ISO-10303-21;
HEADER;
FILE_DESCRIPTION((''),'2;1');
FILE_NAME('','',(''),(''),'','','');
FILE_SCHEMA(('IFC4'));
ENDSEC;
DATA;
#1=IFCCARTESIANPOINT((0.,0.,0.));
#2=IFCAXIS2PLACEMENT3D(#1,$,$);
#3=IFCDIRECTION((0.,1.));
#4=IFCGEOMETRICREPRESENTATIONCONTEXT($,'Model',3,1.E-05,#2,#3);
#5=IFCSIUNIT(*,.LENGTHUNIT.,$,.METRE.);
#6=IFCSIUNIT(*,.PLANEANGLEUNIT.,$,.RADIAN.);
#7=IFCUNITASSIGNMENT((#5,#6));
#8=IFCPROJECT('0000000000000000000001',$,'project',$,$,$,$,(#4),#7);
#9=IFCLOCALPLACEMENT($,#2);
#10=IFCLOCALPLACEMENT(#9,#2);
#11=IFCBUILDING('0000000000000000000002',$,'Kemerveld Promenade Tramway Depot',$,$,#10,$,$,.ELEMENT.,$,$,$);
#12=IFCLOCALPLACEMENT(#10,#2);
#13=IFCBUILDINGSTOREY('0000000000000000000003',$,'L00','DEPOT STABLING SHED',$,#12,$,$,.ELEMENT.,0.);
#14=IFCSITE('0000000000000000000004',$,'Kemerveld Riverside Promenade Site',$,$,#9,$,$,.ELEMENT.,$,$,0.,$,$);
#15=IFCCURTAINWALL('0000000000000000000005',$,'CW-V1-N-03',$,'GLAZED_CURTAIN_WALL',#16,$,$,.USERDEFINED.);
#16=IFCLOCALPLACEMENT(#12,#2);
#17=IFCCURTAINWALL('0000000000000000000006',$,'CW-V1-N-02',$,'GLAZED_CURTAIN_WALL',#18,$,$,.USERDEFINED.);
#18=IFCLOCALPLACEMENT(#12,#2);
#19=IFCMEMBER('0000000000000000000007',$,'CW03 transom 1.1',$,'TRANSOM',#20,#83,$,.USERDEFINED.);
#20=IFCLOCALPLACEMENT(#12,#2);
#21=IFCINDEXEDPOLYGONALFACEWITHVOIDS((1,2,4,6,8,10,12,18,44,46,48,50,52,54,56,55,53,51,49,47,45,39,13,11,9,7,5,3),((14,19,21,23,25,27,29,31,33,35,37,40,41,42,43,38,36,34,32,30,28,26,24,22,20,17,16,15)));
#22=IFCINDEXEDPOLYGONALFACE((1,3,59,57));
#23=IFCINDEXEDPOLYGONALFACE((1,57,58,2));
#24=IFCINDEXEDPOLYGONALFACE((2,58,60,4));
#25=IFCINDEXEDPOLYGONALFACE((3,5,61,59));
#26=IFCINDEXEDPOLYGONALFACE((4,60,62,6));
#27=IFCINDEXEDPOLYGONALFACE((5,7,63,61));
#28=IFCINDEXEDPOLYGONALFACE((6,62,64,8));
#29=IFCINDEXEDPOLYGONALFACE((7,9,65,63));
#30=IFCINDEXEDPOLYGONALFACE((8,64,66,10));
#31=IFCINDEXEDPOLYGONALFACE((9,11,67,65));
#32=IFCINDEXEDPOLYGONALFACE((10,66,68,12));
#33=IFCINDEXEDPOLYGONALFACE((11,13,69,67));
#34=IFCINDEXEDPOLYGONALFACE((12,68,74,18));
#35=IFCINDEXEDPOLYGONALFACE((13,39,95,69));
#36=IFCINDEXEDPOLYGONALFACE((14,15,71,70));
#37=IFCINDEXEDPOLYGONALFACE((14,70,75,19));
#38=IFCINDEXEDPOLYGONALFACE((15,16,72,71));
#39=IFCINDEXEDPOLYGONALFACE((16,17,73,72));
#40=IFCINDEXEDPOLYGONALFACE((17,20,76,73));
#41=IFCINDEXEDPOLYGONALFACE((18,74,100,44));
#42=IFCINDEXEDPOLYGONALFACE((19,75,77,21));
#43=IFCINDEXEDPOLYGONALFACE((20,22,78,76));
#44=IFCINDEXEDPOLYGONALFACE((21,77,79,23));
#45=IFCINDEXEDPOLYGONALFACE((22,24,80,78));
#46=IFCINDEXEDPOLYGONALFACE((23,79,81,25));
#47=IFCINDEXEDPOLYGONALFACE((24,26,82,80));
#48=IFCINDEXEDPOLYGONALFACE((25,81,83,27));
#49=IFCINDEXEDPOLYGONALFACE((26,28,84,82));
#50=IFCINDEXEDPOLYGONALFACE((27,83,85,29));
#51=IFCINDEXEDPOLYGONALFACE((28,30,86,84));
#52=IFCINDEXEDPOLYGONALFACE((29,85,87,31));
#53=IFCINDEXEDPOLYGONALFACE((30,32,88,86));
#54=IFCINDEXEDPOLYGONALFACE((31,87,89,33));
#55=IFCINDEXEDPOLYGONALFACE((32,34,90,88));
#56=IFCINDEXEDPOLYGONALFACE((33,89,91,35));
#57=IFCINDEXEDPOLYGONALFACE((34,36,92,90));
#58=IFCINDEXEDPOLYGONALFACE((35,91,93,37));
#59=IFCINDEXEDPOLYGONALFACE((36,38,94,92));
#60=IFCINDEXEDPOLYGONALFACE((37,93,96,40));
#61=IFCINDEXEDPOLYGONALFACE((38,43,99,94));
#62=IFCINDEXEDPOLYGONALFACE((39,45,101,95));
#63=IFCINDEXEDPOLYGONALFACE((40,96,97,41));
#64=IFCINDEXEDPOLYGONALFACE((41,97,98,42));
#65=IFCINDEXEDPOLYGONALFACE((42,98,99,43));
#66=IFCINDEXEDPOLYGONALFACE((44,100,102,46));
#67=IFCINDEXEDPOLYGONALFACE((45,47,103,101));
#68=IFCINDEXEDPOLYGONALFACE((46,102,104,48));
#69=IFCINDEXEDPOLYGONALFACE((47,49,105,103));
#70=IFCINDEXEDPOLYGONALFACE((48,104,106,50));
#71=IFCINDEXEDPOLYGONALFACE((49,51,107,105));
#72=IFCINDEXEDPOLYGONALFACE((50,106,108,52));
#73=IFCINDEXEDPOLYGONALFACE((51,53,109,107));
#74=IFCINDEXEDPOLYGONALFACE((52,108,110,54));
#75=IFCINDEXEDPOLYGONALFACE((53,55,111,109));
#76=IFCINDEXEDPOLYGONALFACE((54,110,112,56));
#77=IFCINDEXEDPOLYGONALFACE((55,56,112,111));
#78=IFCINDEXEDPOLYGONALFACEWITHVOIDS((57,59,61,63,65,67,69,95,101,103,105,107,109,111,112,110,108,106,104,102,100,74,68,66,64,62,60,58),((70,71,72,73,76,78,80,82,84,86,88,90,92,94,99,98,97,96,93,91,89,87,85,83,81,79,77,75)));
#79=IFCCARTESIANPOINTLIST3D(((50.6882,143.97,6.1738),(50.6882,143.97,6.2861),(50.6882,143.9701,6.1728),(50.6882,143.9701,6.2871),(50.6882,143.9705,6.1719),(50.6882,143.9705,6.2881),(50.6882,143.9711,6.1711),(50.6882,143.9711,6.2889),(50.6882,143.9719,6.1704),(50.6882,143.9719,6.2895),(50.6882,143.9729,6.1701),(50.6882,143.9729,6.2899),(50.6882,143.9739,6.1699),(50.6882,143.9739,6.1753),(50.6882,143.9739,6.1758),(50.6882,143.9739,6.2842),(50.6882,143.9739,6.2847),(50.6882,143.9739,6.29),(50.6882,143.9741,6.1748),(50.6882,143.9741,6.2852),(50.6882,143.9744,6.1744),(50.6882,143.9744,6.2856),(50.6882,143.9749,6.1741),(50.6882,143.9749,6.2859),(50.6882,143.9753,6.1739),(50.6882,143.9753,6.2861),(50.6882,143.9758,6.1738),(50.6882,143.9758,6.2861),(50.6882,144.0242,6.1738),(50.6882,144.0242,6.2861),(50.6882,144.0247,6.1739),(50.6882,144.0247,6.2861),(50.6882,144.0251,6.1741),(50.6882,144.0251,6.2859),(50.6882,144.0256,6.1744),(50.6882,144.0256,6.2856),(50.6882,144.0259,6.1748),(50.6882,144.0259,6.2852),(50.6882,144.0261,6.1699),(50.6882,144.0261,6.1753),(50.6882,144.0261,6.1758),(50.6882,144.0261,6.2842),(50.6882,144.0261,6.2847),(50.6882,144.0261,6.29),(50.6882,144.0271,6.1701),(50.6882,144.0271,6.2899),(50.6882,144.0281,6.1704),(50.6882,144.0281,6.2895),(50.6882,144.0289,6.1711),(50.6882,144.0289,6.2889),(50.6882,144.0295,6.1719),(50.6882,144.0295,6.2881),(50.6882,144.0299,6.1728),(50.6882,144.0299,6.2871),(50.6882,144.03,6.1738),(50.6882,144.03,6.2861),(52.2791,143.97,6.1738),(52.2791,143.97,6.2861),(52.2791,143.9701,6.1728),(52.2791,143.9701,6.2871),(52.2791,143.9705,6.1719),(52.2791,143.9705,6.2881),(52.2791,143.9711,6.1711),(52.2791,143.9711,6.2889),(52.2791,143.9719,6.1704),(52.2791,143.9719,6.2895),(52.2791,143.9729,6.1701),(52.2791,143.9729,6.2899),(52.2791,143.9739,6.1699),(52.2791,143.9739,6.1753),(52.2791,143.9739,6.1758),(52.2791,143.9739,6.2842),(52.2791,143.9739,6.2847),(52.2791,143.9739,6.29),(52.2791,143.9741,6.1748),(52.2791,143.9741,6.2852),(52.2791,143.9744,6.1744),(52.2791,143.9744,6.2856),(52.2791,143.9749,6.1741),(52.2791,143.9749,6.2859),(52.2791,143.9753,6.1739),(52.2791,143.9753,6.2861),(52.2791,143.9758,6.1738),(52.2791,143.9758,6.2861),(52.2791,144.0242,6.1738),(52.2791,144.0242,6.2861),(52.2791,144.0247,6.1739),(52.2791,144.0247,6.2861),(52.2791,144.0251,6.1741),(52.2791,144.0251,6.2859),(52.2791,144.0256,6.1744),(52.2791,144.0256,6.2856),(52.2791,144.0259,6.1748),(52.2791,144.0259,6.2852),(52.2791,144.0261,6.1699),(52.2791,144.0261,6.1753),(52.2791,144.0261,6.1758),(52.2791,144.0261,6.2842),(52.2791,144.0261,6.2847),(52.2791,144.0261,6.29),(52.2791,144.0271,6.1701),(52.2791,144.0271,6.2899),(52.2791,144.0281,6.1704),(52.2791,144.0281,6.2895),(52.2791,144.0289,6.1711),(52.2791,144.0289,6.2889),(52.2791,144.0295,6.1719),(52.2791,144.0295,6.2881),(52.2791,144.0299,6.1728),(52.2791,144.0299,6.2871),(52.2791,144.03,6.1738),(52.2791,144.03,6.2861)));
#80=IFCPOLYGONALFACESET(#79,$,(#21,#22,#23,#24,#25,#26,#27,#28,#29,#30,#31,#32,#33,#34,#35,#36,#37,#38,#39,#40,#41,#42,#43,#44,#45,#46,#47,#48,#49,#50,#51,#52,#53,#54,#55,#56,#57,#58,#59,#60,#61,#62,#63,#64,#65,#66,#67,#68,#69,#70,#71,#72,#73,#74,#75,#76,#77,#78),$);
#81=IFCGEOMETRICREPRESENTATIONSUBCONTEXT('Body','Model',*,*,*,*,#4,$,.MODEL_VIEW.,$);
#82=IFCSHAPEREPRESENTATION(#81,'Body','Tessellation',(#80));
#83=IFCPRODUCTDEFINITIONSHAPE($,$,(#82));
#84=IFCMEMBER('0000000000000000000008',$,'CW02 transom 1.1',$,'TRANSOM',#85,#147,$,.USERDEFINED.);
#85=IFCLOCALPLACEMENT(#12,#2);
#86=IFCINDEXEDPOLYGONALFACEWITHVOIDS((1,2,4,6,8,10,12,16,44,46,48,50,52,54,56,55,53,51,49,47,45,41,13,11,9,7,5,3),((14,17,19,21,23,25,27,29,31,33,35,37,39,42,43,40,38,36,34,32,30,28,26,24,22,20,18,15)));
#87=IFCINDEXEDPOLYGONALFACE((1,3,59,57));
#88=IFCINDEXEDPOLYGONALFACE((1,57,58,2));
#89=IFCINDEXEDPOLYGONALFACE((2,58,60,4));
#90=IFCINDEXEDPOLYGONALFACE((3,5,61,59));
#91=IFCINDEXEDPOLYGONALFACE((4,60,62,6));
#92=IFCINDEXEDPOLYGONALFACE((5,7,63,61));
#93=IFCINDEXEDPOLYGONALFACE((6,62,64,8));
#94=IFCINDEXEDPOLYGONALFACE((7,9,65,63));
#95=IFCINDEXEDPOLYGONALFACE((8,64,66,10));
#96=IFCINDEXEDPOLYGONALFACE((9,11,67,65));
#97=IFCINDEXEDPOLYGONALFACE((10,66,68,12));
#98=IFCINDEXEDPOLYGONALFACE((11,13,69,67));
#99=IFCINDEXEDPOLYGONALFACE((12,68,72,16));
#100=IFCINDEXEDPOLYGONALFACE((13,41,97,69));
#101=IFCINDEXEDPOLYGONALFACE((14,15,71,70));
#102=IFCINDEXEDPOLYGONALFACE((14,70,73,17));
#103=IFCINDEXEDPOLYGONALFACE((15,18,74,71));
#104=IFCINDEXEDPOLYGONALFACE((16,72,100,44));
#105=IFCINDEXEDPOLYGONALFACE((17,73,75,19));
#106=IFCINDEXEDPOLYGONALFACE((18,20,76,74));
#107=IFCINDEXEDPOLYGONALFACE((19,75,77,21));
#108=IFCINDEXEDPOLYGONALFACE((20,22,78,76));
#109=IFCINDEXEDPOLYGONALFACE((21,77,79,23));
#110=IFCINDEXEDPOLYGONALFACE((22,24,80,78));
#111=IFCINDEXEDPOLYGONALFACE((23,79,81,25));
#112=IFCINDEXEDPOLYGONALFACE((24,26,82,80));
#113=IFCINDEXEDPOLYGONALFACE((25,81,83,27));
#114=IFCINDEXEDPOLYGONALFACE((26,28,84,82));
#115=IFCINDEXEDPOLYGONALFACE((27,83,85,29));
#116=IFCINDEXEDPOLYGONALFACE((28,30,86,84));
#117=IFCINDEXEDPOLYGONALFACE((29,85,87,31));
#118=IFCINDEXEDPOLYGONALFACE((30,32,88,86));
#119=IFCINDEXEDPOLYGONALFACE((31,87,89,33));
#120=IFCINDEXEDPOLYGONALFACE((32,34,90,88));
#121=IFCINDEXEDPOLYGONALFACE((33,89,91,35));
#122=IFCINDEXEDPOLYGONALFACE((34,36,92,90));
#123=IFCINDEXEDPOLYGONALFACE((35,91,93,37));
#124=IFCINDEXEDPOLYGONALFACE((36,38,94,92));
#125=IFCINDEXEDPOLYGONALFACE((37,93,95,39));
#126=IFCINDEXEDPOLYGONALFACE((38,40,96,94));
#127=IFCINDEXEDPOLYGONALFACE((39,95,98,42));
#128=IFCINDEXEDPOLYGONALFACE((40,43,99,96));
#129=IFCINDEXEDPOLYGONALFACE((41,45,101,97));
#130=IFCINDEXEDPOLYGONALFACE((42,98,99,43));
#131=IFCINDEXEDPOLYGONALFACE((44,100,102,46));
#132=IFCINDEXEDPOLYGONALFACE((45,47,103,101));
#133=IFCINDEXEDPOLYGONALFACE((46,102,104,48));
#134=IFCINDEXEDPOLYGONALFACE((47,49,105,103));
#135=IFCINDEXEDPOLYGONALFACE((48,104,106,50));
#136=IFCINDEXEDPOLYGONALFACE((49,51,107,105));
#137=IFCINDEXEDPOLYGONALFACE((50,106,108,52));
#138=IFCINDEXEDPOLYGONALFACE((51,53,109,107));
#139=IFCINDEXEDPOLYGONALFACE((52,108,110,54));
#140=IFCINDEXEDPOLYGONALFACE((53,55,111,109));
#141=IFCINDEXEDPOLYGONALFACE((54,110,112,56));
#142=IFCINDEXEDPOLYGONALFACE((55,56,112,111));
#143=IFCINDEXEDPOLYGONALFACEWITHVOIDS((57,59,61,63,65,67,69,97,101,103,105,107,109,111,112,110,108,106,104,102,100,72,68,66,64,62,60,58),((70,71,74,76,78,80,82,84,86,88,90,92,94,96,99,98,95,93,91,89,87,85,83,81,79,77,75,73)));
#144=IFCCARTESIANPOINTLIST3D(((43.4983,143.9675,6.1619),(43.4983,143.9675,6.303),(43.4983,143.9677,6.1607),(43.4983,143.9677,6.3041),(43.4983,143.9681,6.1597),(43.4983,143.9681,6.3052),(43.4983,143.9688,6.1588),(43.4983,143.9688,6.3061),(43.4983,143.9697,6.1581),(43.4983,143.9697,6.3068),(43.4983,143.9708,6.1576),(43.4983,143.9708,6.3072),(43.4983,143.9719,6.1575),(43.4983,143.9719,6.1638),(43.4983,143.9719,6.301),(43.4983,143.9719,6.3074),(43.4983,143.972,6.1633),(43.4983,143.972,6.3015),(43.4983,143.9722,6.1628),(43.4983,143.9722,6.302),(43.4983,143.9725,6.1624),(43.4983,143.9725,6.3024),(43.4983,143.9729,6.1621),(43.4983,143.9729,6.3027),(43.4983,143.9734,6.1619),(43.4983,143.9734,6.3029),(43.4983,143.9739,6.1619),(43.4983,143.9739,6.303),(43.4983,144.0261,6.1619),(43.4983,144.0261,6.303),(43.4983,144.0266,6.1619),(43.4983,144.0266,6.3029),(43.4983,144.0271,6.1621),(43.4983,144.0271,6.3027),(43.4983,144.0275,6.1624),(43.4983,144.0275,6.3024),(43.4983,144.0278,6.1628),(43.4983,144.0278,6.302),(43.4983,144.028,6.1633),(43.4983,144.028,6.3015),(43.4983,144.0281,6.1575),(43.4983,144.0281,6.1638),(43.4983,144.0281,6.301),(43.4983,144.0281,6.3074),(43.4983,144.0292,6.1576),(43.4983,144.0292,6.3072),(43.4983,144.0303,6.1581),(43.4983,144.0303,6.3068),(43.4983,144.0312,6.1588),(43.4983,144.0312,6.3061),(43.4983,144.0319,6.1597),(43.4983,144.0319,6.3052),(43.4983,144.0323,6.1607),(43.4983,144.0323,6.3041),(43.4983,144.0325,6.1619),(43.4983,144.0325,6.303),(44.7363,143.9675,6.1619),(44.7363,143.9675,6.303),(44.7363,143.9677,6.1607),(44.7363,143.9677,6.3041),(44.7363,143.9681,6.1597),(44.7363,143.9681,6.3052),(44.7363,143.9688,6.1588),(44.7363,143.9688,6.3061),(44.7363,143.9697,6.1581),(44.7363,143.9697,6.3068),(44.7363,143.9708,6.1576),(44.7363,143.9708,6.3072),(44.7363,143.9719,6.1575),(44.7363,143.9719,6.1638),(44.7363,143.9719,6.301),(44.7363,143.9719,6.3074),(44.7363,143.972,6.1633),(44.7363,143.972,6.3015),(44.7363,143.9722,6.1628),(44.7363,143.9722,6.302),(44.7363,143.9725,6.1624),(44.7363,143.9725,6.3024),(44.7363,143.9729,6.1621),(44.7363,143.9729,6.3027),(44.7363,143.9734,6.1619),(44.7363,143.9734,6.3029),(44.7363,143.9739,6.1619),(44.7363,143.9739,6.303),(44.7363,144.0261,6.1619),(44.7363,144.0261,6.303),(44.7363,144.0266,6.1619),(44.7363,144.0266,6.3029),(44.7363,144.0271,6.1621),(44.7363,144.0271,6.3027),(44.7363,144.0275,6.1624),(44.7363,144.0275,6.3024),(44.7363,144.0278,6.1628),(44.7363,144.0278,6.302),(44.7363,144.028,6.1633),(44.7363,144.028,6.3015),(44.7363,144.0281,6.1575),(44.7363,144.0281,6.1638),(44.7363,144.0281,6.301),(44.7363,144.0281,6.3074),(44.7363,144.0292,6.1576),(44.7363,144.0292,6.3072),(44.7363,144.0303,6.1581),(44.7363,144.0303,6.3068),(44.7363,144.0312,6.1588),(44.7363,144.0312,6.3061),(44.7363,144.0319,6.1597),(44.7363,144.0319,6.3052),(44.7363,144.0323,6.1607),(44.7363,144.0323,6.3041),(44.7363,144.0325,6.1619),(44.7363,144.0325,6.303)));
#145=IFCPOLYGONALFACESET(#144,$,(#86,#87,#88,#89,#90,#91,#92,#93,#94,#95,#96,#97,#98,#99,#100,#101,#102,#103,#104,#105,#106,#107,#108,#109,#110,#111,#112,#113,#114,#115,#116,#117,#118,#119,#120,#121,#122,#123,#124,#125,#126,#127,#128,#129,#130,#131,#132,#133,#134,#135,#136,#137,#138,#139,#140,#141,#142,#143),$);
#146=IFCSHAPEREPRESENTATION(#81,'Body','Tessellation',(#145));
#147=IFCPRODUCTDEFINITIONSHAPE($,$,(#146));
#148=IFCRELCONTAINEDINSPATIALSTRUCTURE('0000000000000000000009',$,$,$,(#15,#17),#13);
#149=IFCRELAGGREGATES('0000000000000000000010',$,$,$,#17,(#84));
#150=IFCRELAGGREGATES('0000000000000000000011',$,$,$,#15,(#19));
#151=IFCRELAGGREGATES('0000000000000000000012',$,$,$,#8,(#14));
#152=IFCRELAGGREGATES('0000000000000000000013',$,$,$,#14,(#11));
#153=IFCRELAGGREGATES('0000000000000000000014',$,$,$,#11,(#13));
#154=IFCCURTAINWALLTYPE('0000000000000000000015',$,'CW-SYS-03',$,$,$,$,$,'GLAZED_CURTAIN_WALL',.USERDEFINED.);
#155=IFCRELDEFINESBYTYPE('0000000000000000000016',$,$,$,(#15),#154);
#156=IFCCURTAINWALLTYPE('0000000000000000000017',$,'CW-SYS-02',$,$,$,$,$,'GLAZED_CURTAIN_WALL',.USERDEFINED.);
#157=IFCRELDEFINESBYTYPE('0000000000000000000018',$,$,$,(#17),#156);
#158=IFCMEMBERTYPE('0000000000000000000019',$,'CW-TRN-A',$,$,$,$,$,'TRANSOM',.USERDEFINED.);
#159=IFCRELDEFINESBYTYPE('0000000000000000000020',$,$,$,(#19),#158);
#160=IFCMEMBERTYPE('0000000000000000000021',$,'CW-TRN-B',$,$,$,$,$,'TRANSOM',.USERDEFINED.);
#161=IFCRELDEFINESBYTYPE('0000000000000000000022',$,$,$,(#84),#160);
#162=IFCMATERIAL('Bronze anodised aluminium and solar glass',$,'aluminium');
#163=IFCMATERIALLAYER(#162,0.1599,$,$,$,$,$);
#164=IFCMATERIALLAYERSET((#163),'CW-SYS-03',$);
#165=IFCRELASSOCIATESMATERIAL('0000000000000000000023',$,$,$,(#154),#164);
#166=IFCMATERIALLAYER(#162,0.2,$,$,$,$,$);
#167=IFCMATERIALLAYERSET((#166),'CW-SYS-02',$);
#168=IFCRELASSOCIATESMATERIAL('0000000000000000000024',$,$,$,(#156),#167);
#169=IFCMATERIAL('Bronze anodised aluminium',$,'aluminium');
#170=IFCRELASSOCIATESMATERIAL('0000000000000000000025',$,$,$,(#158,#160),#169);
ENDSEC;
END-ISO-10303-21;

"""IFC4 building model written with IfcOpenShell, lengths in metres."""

from ifc_helpers import new_model, si_unit, direction, frame, origin, origin_2d, place, context, subcontext, project, spatial, hollow_rectangle, extrude, material, layer, layer_set, material_profile, profile_set, type_object, element, aggregate, save


model = new_model("IFC4")

# Units and contexts
model_context = context("Model", 3, precision=1e-05, world=origin(), true_north=direction((0.0, 1.0)))
body_context = subcontext(model_context, "Body", "Model", "MODEL_VIEW")
ifc_project = project(units=[si_unit("LENGTHUNIT", "METRE"), si_unit("PLANEANGLEUNIT", "RADIAN")], contexts=[model_context])

# Site, building, storey
site_placement = place(None, origin())
site = spatial("IfcSite", under=ifc_project, at=site_placement, Name="Kemerveld Riverside Promenade Site", CompositionType="ELEMENT", RefElevation=0.0)
building_placement = place(site_placement, origin())
building = spatial("IfcBuilding", under=site, at=building_placement, Name="Kemerveld Promenade Tramway Depot", CompositionType="ELEMENT")
storey_placement = place(building_placement, origin())
storey = spatial("IfcBuildingStorey", under=building, at=storey_placement, Name="L00", Description="DEPOT STABLING SHED", CompositionType="ELEMENT", Elevation=0.0)

# Curtain wall
ifc_material_1 = material(Name="Bronze anodised aluminium and solar glass", Category="aluminium")
ifc_material_2 = material(Name="Bronze anodised aluminium", Category="aluminium")
ifc_layer_1 = layer(ifc_material_1, 0.1599)
ifc_layer_set_1 = layer_set([ifc_layer_1], Name="CW-SYS-03")
curtain_wall_type_1 = type_object("IfcCurtainWallType", Name="CW-SYS-03", ElementType="GLAZED_CURTAIN_WALL", PredefinedType="USERDEFINED", material=ifc_layer_set_1)
curtain_wall_1_placement = place(storey_placement, origin())
curtain_wall_1 = element("IfcCurtainWall", 1, at=curtain_wall_1_placement, inside=storey, type_object=curtain_wall_type_1, Name="CW-V1-N-03", ObjectType="GLAZED_CURTAIN_WALL", PredefinedType="USERDEFINED")

# Curtain wall
ifc_layer_2 = layer(ifc_material_1, 0.2)
ifc_layer_set_2 = layer_set([ifc_layer_2], Name="CW-SYS-02")
curtain_wall_type_2 = type_object("IfcCurtainWallType", Name="CW-SYS-02", ElementType="GLAZED_CURTAIN_WALL", PredefinedType="USERDEFINED", material=ifc_layer_set_2)
curtain_wall_2_placement = place(storey_placement, origin())
curtain_wall_2 = element("IfcCurtainWall", 2, at=curtain_wall_2_placement, inside=storey, type_object=curtain_wall_type_2, Name="CW-V1-N-02", ObjectType="GLAZED_CURTAIN_WALL", PredefinedType="USERDEFINED")

# Members
ifc_material_profile_1 = material_profile(ifc_material_2, hollow_rectangle(XDim=0.0601, YDim=0.1201, WallThickness=0.0039, InnerFilletRadius=0.002, OuterFilletRadius=0.0039, at=origin_2d()), Name="CW-TRN-120x60")
ifc_profile_set_1 = profile_set([ifc_material_profile_1], Name="Bronze anodised aluminium")
member_type_1 = type_object("IfcMemberType", Name="CW-TRN-A", ElementType="TRANSOM", PredefinedType="USERDEFINED", material=ifc_profile_set_1)
member_1_placement = place(storey_placement, frame((50.6882, 144.0, 6.23), z_axis=(1.0, 0.0, 0.0), x_axis=(0.0, 1.0, 0.0)))
member_1 = element("IfcMember", 3, at=member_1_placement, type_object=member_type_1, Name="CW03 transom 1.1", ObjectType="TRANSOM", PredefinedType="USERDEFINED", context=body_context, shape_type="SweptSolid", body=[
    extrude(hollow_rectangle(XDim=0.0601, YDim=0.1201, WallThickness=0.0039, InnerFilletRadius=0.002, OuterFilletRadius=0.0039, at=origin_2d()), origin(), (0.0, 0.0, 1.0), 1.5908),
])
ifc_material_profile_2 = material_profile(ifc_material_2, hollow_rectangle(XDim=0.0649, YDim=0.1499, WallThickness=0.0044, InnerFilletRadius=0.002, OuterFilletRadius=0.0044, at=origin_2d()), Name="CW-TRN-150x65")
ifc_profile_set_2 = profile_set([ifc_material_profile_2], Name="Bronze anodised aluminium")
member_type_2 = type_object("IfcMemberType", Name="CW-TRN-B", ElementType="TRANSOM", PredefinedType="USERDEFINED", material=ifc_profile_set_2)
member_2_placement = place(storey_placement, frame((43.4983, 144.0, 6.2324), z_axis=(1.0, 0.0, 0.0), x_axis=(0.0, 1.0, 0.0)))
member_2 = element("IfcMember", 4, at=member_2_placement, type_object=member_type_2, Name="CW02 transom 1.1", ObjectType="TRANSOM", PredefinedType="USERDEFINED", context=body_context, shape_type="SweptSolid", body=[
    extrude(hollow_rectangle(XDim=0.0649, YDim=0.1499, WallThickness=0.0044, InnerFilletRadius=0.002, OuterFilletRadius=0.0044, at=origin_2d()), origin(), (0.0, 0.0, 1.0), 1.238),
])

aggregate(curtain_wall_2, [member_2])
aggregate(curtain_wall_1, [member_1])

save(model, "model.ifc")
